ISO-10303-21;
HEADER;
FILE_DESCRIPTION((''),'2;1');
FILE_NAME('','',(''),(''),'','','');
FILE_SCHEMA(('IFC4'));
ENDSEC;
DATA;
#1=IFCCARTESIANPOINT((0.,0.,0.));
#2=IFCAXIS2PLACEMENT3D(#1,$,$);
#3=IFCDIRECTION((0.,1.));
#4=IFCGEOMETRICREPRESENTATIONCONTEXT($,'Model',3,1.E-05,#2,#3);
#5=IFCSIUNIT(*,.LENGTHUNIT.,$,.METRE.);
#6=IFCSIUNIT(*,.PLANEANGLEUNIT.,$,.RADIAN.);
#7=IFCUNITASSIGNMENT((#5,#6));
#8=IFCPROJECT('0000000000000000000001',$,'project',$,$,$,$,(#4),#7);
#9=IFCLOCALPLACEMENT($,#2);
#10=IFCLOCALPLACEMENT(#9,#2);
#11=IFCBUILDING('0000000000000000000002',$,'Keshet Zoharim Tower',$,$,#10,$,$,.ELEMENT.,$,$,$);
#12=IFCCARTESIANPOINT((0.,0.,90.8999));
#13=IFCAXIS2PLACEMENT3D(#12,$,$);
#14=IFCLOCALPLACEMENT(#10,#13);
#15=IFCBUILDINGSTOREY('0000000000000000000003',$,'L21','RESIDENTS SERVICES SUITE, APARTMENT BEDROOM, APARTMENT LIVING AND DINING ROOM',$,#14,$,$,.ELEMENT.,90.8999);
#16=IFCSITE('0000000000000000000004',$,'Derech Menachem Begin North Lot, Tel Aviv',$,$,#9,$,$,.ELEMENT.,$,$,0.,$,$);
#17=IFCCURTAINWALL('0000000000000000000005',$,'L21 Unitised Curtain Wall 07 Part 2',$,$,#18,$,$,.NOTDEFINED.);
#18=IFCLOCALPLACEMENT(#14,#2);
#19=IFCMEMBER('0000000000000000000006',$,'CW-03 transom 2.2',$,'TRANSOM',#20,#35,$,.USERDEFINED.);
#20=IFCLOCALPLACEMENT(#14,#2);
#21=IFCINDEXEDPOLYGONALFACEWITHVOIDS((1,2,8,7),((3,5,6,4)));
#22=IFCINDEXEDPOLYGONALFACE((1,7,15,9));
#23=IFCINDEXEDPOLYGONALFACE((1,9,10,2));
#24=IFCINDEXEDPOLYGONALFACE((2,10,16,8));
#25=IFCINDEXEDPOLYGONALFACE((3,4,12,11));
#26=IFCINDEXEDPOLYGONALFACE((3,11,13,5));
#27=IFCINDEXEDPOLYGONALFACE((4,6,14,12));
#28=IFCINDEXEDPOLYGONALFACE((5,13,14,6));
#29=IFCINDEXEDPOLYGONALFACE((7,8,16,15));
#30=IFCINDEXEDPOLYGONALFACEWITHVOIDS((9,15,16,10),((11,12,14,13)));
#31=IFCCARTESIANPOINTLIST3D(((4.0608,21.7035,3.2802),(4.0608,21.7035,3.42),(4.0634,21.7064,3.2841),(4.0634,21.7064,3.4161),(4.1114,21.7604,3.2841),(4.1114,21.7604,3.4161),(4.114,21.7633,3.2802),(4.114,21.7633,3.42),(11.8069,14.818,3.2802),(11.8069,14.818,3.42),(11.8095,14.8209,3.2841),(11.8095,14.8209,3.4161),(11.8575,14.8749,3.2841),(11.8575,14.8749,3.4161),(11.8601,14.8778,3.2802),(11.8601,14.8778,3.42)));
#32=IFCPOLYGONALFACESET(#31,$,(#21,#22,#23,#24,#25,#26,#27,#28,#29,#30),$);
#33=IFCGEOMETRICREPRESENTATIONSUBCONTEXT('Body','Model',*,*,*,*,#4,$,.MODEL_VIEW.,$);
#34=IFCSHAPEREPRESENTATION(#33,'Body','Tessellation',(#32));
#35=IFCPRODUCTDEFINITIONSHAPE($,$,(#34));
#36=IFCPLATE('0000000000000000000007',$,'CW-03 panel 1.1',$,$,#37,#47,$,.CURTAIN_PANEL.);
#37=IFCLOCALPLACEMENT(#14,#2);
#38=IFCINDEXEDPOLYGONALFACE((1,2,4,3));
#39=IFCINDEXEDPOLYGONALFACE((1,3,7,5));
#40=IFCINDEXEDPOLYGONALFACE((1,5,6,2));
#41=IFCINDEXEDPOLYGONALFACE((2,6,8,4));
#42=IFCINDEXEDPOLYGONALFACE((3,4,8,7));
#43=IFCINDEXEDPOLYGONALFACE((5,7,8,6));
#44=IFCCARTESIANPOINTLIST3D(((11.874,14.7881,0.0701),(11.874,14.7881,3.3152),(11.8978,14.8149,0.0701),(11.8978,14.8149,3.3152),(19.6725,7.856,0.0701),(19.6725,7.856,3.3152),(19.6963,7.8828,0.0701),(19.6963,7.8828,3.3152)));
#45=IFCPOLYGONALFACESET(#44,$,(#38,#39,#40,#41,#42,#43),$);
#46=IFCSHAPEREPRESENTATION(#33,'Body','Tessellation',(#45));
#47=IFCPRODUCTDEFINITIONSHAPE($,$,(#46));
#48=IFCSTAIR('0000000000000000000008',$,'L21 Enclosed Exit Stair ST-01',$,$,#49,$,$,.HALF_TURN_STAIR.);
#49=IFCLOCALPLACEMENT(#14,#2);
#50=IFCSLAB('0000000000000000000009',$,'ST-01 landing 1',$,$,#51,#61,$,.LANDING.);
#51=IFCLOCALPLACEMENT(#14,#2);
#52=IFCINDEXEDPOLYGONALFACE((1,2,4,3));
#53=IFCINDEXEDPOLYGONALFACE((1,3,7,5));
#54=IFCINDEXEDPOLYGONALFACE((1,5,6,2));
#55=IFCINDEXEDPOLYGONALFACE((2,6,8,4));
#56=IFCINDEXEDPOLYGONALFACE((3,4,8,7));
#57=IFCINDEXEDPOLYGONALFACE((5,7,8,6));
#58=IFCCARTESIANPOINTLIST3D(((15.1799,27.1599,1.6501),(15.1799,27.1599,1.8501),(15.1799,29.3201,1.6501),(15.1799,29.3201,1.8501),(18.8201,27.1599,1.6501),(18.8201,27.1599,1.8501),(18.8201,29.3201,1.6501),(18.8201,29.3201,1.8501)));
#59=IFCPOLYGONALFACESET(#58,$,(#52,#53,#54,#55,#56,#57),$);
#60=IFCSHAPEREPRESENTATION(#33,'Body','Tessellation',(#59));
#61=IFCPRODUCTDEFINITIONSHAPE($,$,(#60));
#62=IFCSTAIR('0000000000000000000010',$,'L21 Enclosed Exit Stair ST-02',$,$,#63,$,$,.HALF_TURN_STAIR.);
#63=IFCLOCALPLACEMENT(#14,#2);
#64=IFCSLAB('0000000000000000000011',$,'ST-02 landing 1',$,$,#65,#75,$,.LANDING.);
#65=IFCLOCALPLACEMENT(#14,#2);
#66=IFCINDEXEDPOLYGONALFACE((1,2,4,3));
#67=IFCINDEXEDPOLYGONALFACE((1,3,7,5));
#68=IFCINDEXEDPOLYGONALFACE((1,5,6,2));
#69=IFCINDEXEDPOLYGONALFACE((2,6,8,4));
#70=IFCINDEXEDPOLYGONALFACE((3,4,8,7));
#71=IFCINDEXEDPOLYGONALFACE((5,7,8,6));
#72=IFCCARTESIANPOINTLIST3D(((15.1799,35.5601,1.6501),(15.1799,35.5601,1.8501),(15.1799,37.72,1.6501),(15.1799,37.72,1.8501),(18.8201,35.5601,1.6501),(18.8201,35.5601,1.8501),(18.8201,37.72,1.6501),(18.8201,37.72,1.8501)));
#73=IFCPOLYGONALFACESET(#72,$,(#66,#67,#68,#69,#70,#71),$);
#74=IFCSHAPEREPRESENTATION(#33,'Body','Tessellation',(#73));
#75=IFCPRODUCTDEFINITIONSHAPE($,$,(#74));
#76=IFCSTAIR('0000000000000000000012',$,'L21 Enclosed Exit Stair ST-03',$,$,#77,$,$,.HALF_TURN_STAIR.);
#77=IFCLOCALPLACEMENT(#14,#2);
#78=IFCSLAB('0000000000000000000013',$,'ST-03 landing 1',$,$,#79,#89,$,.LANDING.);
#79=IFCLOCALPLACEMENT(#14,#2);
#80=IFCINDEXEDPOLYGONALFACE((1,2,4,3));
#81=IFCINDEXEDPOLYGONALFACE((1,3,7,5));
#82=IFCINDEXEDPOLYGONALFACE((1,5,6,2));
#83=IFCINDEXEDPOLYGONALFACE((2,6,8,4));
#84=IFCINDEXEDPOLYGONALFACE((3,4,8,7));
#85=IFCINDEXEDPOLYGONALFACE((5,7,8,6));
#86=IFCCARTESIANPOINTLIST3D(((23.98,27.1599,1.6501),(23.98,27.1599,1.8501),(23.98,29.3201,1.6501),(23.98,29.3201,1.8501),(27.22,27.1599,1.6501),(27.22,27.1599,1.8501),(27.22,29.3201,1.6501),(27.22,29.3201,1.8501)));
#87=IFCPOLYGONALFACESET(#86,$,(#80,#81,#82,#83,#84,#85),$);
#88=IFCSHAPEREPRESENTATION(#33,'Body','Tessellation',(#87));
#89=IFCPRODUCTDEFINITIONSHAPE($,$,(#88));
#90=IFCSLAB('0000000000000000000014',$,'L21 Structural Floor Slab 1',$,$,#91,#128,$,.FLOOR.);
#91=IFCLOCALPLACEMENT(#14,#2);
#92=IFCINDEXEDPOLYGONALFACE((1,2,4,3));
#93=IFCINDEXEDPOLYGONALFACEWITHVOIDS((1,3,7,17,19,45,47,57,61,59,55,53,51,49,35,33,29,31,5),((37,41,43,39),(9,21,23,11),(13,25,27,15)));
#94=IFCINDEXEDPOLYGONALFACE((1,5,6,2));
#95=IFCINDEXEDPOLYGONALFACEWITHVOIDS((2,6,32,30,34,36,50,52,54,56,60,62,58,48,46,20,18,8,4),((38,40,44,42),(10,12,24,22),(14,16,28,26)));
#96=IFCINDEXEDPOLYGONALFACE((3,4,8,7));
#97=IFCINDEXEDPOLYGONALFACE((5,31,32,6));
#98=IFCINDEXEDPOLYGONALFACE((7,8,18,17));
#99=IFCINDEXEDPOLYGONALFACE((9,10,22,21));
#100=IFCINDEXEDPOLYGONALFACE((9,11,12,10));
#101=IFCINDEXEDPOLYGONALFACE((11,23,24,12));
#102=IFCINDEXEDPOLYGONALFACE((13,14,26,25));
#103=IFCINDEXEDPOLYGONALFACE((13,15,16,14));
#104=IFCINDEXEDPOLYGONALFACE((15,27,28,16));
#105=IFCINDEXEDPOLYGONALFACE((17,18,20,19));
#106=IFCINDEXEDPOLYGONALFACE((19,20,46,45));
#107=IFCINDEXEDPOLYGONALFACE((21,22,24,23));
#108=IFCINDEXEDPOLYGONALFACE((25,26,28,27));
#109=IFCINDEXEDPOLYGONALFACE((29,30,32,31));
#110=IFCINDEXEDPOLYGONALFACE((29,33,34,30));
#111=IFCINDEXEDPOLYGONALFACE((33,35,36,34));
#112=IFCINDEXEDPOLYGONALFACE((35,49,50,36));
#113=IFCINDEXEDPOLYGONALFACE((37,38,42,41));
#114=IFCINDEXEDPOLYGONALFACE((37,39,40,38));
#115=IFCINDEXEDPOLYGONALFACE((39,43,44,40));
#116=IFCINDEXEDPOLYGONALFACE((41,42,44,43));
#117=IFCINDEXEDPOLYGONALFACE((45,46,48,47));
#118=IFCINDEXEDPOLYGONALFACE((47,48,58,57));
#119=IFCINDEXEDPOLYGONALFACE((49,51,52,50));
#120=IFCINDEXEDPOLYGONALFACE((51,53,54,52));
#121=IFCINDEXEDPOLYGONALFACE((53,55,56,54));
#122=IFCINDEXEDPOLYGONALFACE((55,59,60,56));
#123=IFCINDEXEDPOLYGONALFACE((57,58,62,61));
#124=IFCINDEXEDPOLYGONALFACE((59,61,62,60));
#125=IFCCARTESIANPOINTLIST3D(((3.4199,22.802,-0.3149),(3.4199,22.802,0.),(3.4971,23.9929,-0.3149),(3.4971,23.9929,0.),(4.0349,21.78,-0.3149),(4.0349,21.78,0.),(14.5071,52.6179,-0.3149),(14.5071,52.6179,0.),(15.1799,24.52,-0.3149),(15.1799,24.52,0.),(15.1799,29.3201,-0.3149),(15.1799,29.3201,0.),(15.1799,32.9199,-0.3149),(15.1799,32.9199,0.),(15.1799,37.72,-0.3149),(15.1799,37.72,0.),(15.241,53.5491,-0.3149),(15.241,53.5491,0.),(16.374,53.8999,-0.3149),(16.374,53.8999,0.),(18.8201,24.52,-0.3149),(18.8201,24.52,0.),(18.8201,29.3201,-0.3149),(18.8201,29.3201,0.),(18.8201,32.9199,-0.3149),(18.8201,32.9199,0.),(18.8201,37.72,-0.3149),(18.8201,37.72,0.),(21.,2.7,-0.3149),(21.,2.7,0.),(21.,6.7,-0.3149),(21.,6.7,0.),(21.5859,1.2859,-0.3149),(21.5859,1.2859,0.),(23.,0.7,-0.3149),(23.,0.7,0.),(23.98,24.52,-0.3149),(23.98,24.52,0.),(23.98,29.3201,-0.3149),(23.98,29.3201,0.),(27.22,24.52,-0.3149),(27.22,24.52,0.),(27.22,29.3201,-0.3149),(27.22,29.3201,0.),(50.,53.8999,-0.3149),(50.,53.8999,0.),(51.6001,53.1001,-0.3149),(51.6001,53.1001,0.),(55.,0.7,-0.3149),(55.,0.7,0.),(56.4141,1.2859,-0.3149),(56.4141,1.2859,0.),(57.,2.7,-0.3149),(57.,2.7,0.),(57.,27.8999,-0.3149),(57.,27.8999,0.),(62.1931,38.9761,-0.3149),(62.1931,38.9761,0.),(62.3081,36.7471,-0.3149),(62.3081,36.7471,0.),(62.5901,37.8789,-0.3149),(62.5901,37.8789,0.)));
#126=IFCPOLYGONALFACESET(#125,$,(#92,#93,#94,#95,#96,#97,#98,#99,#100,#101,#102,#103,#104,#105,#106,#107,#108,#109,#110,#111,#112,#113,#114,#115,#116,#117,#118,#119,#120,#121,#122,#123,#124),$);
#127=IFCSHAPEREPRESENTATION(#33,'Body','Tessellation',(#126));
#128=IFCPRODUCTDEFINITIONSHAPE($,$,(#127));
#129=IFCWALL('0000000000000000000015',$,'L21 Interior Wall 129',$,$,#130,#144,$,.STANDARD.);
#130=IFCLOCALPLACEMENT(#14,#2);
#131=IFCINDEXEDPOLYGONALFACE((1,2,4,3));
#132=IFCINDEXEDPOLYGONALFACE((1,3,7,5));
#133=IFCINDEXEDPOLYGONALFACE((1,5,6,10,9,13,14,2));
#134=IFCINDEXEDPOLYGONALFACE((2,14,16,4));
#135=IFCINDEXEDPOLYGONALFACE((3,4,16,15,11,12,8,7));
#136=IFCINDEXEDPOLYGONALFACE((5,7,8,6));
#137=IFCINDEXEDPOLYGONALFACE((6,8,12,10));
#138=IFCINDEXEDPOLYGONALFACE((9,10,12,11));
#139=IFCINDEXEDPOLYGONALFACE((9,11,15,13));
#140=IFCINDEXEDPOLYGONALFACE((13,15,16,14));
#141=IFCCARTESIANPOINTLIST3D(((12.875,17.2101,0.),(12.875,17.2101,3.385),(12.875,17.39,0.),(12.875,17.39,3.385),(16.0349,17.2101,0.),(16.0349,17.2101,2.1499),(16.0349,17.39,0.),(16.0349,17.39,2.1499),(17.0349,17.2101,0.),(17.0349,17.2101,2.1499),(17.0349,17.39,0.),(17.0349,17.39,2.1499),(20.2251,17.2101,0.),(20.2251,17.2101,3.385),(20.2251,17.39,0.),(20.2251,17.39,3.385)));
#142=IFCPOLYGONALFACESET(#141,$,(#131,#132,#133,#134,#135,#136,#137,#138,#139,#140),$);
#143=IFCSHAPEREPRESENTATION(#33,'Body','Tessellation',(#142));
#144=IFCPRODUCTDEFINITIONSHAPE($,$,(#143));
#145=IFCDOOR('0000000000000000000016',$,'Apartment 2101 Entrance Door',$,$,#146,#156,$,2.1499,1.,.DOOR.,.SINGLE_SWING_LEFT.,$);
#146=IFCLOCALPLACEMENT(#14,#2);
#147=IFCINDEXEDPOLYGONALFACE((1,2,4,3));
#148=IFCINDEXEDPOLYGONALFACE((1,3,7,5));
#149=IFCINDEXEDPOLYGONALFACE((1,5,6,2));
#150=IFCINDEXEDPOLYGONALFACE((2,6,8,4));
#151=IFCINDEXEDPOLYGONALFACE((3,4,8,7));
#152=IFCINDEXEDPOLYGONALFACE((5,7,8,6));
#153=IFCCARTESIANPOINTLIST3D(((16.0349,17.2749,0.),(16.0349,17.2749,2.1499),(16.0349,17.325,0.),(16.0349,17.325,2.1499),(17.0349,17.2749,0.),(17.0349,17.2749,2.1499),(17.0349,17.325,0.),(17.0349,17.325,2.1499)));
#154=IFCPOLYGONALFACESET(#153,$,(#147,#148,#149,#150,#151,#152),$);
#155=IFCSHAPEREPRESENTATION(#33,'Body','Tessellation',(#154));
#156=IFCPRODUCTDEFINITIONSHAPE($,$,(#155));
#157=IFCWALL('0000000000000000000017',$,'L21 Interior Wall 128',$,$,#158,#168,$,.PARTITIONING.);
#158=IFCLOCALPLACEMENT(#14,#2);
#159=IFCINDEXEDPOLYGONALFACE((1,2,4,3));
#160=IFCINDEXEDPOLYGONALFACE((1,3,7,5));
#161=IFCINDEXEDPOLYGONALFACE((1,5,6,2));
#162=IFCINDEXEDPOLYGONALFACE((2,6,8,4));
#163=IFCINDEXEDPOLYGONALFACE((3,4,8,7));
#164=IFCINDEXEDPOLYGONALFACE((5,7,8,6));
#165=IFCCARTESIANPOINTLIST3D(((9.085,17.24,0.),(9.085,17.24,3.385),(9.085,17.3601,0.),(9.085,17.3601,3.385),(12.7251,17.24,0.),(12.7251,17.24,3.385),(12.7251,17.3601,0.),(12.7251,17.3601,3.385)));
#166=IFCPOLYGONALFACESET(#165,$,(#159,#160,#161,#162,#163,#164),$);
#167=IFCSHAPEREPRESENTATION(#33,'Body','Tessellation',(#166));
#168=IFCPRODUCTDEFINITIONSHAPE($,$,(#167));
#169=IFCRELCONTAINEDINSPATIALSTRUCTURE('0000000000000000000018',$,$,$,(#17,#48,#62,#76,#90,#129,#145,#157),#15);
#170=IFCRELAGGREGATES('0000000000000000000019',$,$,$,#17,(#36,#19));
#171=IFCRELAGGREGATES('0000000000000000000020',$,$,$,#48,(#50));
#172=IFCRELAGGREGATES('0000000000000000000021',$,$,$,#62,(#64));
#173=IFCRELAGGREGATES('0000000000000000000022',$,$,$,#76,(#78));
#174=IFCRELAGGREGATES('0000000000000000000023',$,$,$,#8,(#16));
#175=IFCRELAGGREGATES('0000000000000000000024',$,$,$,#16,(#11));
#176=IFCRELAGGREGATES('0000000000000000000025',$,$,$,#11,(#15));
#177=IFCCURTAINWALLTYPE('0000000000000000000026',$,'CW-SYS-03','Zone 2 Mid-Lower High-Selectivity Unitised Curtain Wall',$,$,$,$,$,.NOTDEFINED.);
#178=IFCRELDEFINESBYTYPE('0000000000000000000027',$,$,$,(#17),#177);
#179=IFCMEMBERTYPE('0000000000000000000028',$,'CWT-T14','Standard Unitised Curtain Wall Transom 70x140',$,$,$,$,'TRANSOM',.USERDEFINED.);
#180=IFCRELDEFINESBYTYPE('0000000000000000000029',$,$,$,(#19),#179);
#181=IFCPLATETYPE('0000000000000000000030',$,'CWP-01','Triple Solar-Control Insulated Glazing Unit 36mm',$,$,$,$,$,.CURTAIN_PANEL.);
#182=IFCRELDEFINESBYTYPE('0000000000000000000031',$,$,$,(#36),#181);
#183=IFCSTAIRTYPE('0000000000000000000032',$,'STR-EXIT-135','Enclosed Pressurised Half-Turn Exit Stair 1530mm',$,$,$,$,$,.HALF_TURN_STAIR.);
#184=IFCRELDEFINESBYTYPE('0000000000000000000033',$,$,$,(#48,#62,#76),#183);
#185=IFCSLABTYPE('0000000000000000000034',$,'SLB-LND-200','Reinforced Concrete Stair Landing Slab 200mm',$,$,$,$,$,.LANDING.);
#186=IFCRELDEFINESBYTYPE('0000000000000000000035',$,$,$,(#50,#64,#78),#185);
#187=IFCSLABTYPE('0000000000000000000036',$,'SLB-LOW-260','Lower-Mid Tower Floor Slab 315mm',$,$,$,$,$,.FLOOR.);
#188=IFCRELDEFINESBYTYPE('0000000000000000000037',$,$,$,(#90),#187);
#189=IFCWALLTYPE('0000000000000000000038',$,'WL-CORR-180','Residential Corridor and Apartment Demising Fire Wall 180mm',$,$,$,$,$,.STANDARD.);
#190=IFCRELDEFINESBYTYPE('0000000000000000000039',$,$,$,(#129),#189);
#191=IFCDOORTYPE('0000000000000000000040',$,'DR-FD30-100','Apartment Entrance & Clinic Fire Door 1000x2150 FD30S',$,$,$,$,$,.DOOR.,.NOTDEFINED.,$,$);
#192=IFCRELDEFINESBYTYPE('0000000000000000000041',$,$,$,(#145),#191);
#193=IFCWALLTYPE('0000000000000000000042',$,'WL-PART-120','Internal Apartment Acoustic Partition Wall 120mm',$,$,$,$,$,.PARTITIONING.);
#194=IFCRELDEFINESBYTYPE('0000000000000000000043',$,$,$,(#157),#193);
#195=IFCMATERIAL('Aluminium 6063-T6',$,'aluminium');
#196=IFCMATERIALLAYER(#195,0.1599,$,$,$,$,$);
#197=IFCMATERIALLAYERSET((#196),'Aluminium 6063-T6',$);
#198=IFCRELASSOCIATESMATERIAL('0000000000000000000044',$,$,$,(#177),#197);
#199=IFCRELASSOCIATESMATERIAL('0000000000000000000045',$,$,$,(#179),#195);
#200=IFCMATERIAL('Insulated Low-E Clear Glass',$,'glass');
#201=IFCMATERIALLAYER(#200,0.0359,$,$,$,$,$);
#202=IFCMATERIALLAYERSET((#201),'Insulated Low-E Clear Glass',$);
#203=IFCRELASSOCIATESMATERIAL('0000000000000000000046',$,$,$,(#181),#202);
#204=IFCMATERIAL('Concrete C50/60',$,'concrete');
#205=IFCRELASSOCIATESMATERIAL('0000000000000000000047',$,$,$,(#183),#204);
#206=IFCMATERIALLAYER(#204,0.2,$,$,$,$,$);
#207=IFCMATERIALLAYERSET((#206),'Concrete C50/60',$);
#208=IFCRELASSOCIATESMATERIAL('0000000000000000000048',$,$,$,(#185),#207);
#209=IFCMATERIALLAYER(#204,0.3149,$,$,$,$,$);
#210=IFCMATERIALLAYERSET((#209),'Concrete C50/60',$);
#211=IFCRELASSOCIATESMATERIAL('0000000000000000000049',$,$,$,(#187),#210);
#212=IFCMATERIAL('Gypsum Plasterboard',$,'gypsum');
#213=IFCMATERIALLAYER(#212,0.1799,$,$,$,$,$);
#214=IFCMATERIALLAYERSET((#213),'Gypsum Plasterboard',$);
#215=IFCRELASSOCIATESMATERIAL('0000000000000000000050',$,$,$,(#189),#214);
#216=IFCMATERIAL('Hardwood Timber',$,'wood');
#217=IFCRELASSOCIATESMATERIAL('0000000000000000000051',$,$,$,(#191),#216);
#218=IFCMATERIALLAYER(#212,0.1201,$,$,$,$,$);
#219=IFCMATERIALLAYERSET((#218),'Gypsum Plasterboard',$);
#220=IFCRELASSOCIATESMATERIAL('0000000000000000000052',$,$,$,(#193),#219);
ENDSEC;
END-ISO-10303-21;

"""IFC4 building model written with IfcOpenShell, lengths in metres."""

from ifc_helpers import new_model, si_unit, direction, frame, frame_2d, origin, origin_2d, place, context, subcontext, project, spatial, polyline, rectangle, hollow_rectangle, outline, extrude, material, layer, layer_set, material_profile, profile_set, type_object, element, fill, aggregate, save


model = new_model("IFC4")

# Units and contexts
model_context = context("Model", 3, precision=1e-05, world=origin(), true_north=direction((0.0, 1.0)))
body_context = subcontext(model_context, "Body", "Model", "MODEL_VIEW")
ifc_project = project(units=[si_unit("LENGTHUNIT", "METRE"), si_unit("PLANEANGLEUNIT", "RADIAN")], contexts=[model_context])

# Site, building, storey
site_placement = place(None, origin())
site = spatial("IfcSite", under=ifc_project, at=site_placement, Name="Derech Menachem Begin North Lot, Tel Aviv", CompositionType="ELEMENT", RefElevation=0.0)
building_placement = place(site_placement, origin())
building = spatial("IfcBuilding", under=site, at=building_placement, Name="Keshet Zoharim Tower", CompositionType="ELEMENT")
storey_placement = place(building_placement, frame((0.0, 0.0, 90.8999)))
storey = spatial("IfcBuildingStorey", under=building, at=storey_placement, Name="L21", Description="RESIDENTS SERVICES SUITE, APARTMENT BEDROOM, APARTMENT LIVING AND DINING ROOM", CompositionType="ELEMENT", Elevation=90.8999)

# Curtain wall, member, plate
ifc_material_1 = material(Name="Aluminium 6063-T6", Category="aluminium")
ifc_layer_1 = layer(ifc_material_1, 0.1599)
ifc_layer_set_1 = layer_set([ifc_layer_1], Name="Aluminium 6063-T6")
curtain_wall_type = type_object("IfcCurtainWallType", Name="CW-SYS-03", Description="Zone 2 Mid-Lower High-Selectivity Unitised Curtain Wall", PredefinedType="NOTDEFINED", material=ifc_layer_set_1)
curtain_wall_placement = place(storey_placement, origin())
curtain_wall = element("IfcCurtainWall", 1, at=curtain_wall_placement, inside=storey, type_object=curtain_wall_type, Name="L21 Unitised Curtain Wall 07 Part 2", PredefinedType="NOTDEFINED")
ifc_material_profile_1 = material_profile(ifc_material_1, hollow_rectangle(XDim=0.0801, YDim=0.1399, WallThickness=0.0039, at=origin_2d()), Name="TRN-80x140")
ifc_profile_set_1 = profile_set([ifc_material_profile_1], Name="Aluminium 6063-T6")
member_type_1 = type_object("IfcMemberType", Name="CWT-T14", Description="Standard Unitised Curtain Wall Transom 70x140", ElementType="TRANSOM", PredefinedType="USERDEFINED", material=ifc_profile_set_1)
member_1_placement = place(storey_placement, frame((11.8335, 14.8479, 3.3501), z_axis=(-0.747405, 0.664368, 0.0), x_axis=(-0.664368, -0.747405, 0.0)))
member_1 = element("IfcMember", 2, at=member_1_placement, type_object=member_type_1, Name="CW-03 transom 2.2", ObjectType="TRANSOM", PredefinedType="USERDEFINED", context=body_context, shape_type="SweptSolid", body=[
    extrude(hollow_rectangle(XDim=0.0801, YDim=0.1399, WallThickness=0.0039, at=origin_2d()), origin(), (0.0, 0.0, 1.0), 10.364),
])
ifc_material_2 = material(Name="Insulated Low-E Clear Glass", Category="glass")
ifc_layer_2 = layer(ifc_material_2, 0.0359)
ifc_layer_set_2 = layer_set([ifc_layer_2], Name="Insulated Low-E Clear Glass")
plate_type = type_object("IfcPlateType", Name="CWP-01", Description="Triple Solar-Control Insulated Glazing Unit 36mm", PredefinedType="CURTAIN_PANEL", material=ifc_layer_set_2)
plate_placement = place(storey_placement, frame((15.7852, 11.3354, 0.0701), z_axis=(0.0, 0.0, 1.0), x_axis=(-0.747409, 0.664364, 0.0)))
plate = element("IfcPlate", 3, at=plate_placement, type_object=plate_type, Name="CW-03 panel 1.1", PredefinedType="CURTAIN_PANEL", context=body_context, shape_type="SweptSolid", body=[
    extrude(rectangle(XDim=10.4341, YDim=0.0359, at=origin_2d()), origin(), (0.0, 0.0, 1.0), 3.2451),
])
aggregate(curtain_wall, [plate, member_1])

# Stairs, slabs
ifc_material_3 = material(Name="Concrete C50/60", Category="concrete")
stair_type = type_object("IfcStairType", Name="STR-EXIT-135", Description="Enclosed Pressurised Half-Turn Exit Stair 1530mm", PredefinedType="HALF_TURN_STAIR", material=ifc_material_3)
stair_1_placement = place(storey_placement, origin())
stair_1 = element("IfcStair", 4, at=stair_1_placement, inside=storey, type_object=stair_type, Name="L21 Enclosed Exit Stair ST-01", PredefinedType="HALF_TURN_STAIR")
ifc_layer_3 = layer(ifc_material_3, 0.2)
ifc_layer_set_3 = layer_set([ifc_layer_3], Name="Concrete C50/60")
slab_type_1 = type_object("IfcSlabType", Name="SLB-LND-200", Description="Reinforced Concrete Stair Landing Slab 200mm", PredefinedType="LANDING", material=ifc_layer_set_3)
slab_1_placement = place(storey_placement, frame((0.0, 0.0, 1.6501)))
slab_1 = element("IfcSlab", 5, at=slab_1_placement, type_object=slab_type_1, Name="ST-01 landing 1", PredefinedType="LANDING", context=body_context, shape_type="SweptSolid", body=[
    extrude(outline(polyline([(15.1799, 27.1599), (18.8201, 27.1599), (18.8201, 29.3201), (15.1799, 29.3201), (15.1799, 27.1599)])), origin(), (0.0, 0.0, 1.0), 0.2),
])
aggregate(stair_1, [slab_1])
stair_2_placement = place(storey_placement, origin())
stair_2 = element("IfcStair", 6, at=stair_2_placement, inside=storey, type_object=stair_type, Name="L21 Enclosed Exit Stair ST-02", PredefinedType="HALF_TURN_STAIR")
slab_2_placement = place(storey_placement, frame((0.0, 0.0, 1.6501)))
slab_2 = element("IfcSlab", 7, at=slab_2_placement, type_object=slab_type_1, Name="ST-02 landing 1", PredefinedType="LANDING", context=body_context, shape_type="SweptSolid", body=[
    extrude(outline(polyline([(15.1799, 35.5601), (18.8201, 35.5601), (18.8201, 37.72), (15.1799, 37.72), (15.1799, 35.5601)])), origin(), (0.0, 0.0, 1.0), 0.2),
])
aggregate(stair_2, [slab_2])
stair_3_placement = place(storey_placement, origin())
stair_3 = element("IfcStair", 8, at=stair_3_placement, inside=storey, type_object=stair_type, Name="L21 Enclosed Exit Stair ST-03", PredefinedType="HALF_TURN_STAIR")
slab_3_placement = place(storey_placement, frame((0.0, 0.0, 1.6501)))
slab_3 = element("IfcSlab", 9, at=slab_3_placement, type_object=slab_type_1, Name="ST-03 landing 1", PredefinedType="LANDING", context=body_context, shape_type="SweptSolid", body=[
    extrude(outline(polyline([(23.98, 27.1599), (27.22, 27.1599), (27.22, 29.3201), (23.98, 29.3201), (23.98, 27.1599)])), origin(), (0.0, 0.0, 1.0), 0.2),
])
aggregate(stair_3, [slab_3])

# Slab
ifc_layer_4 = layer(ifc_material_3, 0.3149)
ifc_layer_set_4 = layer_set([ifc_layer_4], Name="Concrete C50/60")
slab_type_2 = type_object("IfcSlabType", Name="SLB-LOW-260", Description="Lower-Mid Tower Floor Slab 315mm", PredefinedType="FLOOR", material=ifc_layer_set_4)
slab_4_placement = place(storey_placement, frame((0.0, 0.0, -0.3149)))
element("IfcSlab", 10, at=slab_4_placement, inside=storey, type_object=slab_type_2, Name="L21 Structural Floor Slab 1", PredefinedType="FLOOR", context=body_context, shape_type="SweptSolid", body=[
    extrude(outline(polyline([(57.0, 2.7), (56.4141, 1.2859), (55.0, 0.7), (23.0, 0.7), (21.5859, 1.2859), (21.0, 2.7), (21.0, 6.7), (4.0349, 21.78), (3.4199, 22.802), (3.4971, 23.9929), (14.5071, 52.6179), (15.241, 53.5491), (16.374, 53.8999), (50.0, 53.8999), (51.6001, 53.1001), (62.1931, 38.9761), (62.5901, 37.8789), (62.3081, 36.7471), (57.0, 27.8999), (57.0, 2.7)]), holes=[polyline([(15.1799, 24.52), (18.8201, 24.52), (18.8201, 29.3201), (15.1799, 29.3201), (15.1799, 24.52)]), polyline([(15.1799, 32.9199), (18.8201, 32.9199), (18.8201, 37.72), (15.1799, 37.72), (15.1799, 32.9199)]), polyline([(23.98, 24.52), (27.22, 24.52), (27.22, 29.3201), (23.98, 29.3201), (23.98, 24.52)])]), origin(), (0.0, 0.0, 1.0), 0.3149),
])

# Wall, opening, door
ifc_material_4 = material(Name="Gypsum Plasterboard", Category="gypsum")
ifc_layer_5 = layer(ifc_material_4, 0.1799)
ifc_layer_set_5 = layer_set([ifc_layer_5], Name="Gypsum Plasterboard")
wall_type_1 = type_object("IfcWallType", Name="WL-CORR-180", Description="Residential Corridor and Apartment Demising Fire Wall 180mm", PredefinedType="STANDARD", material=ifc_layer_set_5)
ifc_material_5 = material(Name="Hardwood Timber", Category="wood")
door_type = type_object("IfcDoorType", Name="DR-FD30-100", Description="Apartment Entrance & Clinic Fire Door 1000x2150 FD30S", OperationType="NOTDEFINED", PredefinedType="DOOR", material=ifc_material_5)
wall_1_placement = place(storey_placement, frame((12.875, 17.3, 0.0), z_axis=(0.0, 0.0, 1.0), x_axis=(1.0, 0.0, 0.0)))
wall_1 = element("IfcWall", 11, at=wall_1_placement, inside=storey, type_object=wall_type_1, Name="L21 Interior Wall 129", PredefinedType="STANDARD", context=body_context, shape_type="SweptSolid", body=[
    extrude(rectangle(XDim=7.3501, YDim=0.1799, at=frame_2d((3.675, 0.0))), origin(), (0.0, 0.0, 1.0), 3.385),
])
opening_1_placement = place(wall_1_placement, frame((3.1599, 0.0, 0.0)))
opening_1 = element("IfcOpeningElement", 12, at=opening_1_placement, cuts=wall_1, PredefinedType="OPENING", context=body_context, shape_type="SweptSolid", body=[
    extrude(rectangle(XDim=1.0, YDim=2.1499, at=frame_2d((0.5, 1.075))), frame((0.0, 0.1001, 0.0), z_axis=(0.0, -1.0, 0.0), x_axis=(1.0, 0.0, 0.0)), (0.0, 0.0, 1.0), 0.2),
])
door_1_placement = place(opening_1_placement, origin())
door_1 = element("IfcDoor", 13, at=door_1_placement, inside=storey, type_object=door_type, Name="Apartment 2101 Entrance Door", OperationType="SINGLE_SWING_LEFT", OverallHeight=2.1499, OverallWidth=1.0, PredefinedType="DOOR", context=body_context, shape_type="SweptSolid", body=[
    extrude(rectangle(XDim=1.0, YDim=2.1499, at=frame_2d((0.5, 1.075))), frame((0.0, 0.0249, 0.0), z_axis=(0.0, -1.0, 0.0), x_axis=(1.0, 0.0, 0.0)), (0.0, 0.0, 1.0), 0.05),
])
fill(opening_1, door_1)

# Wall
ifc_layer_6 = layer(ifc_material_4, 0.1201)
ifc_layer_set_6 = layer_set([ifc_layer_6], Name="Gypsum Plasterboard")
wall_type_2 = type_object("IfcWallType", Name="WL-PART-120", Description="Internal Apartment Acoustic Partition Wall 120mm", PredefinedType="PARTITIONING", material=ifc_layer_set_6)
wall_2_placement = place(storey_placement, frame((9.085, 17.3, 0.0), z_axis=(0.0, 0.0, 1.0), x_axis=(1.0, 0.0, 0.0)))
element("IfcWall", 14, at=wall_2_placement, inside=storey, type_object=wall_type_2, Name="L21 Interior Wall 128", PredefinedType="PARTITIONING", context=body_context, shape_type="SweptSolid", body=[
    extrude(rectangle(XDim=3.6401, YDim=0.1201, at=frame_2d((1.8201, 0.0))), origin(), (0.0, 0.0, 1.0), 3.385),
])

save(model, "model.ifc")
